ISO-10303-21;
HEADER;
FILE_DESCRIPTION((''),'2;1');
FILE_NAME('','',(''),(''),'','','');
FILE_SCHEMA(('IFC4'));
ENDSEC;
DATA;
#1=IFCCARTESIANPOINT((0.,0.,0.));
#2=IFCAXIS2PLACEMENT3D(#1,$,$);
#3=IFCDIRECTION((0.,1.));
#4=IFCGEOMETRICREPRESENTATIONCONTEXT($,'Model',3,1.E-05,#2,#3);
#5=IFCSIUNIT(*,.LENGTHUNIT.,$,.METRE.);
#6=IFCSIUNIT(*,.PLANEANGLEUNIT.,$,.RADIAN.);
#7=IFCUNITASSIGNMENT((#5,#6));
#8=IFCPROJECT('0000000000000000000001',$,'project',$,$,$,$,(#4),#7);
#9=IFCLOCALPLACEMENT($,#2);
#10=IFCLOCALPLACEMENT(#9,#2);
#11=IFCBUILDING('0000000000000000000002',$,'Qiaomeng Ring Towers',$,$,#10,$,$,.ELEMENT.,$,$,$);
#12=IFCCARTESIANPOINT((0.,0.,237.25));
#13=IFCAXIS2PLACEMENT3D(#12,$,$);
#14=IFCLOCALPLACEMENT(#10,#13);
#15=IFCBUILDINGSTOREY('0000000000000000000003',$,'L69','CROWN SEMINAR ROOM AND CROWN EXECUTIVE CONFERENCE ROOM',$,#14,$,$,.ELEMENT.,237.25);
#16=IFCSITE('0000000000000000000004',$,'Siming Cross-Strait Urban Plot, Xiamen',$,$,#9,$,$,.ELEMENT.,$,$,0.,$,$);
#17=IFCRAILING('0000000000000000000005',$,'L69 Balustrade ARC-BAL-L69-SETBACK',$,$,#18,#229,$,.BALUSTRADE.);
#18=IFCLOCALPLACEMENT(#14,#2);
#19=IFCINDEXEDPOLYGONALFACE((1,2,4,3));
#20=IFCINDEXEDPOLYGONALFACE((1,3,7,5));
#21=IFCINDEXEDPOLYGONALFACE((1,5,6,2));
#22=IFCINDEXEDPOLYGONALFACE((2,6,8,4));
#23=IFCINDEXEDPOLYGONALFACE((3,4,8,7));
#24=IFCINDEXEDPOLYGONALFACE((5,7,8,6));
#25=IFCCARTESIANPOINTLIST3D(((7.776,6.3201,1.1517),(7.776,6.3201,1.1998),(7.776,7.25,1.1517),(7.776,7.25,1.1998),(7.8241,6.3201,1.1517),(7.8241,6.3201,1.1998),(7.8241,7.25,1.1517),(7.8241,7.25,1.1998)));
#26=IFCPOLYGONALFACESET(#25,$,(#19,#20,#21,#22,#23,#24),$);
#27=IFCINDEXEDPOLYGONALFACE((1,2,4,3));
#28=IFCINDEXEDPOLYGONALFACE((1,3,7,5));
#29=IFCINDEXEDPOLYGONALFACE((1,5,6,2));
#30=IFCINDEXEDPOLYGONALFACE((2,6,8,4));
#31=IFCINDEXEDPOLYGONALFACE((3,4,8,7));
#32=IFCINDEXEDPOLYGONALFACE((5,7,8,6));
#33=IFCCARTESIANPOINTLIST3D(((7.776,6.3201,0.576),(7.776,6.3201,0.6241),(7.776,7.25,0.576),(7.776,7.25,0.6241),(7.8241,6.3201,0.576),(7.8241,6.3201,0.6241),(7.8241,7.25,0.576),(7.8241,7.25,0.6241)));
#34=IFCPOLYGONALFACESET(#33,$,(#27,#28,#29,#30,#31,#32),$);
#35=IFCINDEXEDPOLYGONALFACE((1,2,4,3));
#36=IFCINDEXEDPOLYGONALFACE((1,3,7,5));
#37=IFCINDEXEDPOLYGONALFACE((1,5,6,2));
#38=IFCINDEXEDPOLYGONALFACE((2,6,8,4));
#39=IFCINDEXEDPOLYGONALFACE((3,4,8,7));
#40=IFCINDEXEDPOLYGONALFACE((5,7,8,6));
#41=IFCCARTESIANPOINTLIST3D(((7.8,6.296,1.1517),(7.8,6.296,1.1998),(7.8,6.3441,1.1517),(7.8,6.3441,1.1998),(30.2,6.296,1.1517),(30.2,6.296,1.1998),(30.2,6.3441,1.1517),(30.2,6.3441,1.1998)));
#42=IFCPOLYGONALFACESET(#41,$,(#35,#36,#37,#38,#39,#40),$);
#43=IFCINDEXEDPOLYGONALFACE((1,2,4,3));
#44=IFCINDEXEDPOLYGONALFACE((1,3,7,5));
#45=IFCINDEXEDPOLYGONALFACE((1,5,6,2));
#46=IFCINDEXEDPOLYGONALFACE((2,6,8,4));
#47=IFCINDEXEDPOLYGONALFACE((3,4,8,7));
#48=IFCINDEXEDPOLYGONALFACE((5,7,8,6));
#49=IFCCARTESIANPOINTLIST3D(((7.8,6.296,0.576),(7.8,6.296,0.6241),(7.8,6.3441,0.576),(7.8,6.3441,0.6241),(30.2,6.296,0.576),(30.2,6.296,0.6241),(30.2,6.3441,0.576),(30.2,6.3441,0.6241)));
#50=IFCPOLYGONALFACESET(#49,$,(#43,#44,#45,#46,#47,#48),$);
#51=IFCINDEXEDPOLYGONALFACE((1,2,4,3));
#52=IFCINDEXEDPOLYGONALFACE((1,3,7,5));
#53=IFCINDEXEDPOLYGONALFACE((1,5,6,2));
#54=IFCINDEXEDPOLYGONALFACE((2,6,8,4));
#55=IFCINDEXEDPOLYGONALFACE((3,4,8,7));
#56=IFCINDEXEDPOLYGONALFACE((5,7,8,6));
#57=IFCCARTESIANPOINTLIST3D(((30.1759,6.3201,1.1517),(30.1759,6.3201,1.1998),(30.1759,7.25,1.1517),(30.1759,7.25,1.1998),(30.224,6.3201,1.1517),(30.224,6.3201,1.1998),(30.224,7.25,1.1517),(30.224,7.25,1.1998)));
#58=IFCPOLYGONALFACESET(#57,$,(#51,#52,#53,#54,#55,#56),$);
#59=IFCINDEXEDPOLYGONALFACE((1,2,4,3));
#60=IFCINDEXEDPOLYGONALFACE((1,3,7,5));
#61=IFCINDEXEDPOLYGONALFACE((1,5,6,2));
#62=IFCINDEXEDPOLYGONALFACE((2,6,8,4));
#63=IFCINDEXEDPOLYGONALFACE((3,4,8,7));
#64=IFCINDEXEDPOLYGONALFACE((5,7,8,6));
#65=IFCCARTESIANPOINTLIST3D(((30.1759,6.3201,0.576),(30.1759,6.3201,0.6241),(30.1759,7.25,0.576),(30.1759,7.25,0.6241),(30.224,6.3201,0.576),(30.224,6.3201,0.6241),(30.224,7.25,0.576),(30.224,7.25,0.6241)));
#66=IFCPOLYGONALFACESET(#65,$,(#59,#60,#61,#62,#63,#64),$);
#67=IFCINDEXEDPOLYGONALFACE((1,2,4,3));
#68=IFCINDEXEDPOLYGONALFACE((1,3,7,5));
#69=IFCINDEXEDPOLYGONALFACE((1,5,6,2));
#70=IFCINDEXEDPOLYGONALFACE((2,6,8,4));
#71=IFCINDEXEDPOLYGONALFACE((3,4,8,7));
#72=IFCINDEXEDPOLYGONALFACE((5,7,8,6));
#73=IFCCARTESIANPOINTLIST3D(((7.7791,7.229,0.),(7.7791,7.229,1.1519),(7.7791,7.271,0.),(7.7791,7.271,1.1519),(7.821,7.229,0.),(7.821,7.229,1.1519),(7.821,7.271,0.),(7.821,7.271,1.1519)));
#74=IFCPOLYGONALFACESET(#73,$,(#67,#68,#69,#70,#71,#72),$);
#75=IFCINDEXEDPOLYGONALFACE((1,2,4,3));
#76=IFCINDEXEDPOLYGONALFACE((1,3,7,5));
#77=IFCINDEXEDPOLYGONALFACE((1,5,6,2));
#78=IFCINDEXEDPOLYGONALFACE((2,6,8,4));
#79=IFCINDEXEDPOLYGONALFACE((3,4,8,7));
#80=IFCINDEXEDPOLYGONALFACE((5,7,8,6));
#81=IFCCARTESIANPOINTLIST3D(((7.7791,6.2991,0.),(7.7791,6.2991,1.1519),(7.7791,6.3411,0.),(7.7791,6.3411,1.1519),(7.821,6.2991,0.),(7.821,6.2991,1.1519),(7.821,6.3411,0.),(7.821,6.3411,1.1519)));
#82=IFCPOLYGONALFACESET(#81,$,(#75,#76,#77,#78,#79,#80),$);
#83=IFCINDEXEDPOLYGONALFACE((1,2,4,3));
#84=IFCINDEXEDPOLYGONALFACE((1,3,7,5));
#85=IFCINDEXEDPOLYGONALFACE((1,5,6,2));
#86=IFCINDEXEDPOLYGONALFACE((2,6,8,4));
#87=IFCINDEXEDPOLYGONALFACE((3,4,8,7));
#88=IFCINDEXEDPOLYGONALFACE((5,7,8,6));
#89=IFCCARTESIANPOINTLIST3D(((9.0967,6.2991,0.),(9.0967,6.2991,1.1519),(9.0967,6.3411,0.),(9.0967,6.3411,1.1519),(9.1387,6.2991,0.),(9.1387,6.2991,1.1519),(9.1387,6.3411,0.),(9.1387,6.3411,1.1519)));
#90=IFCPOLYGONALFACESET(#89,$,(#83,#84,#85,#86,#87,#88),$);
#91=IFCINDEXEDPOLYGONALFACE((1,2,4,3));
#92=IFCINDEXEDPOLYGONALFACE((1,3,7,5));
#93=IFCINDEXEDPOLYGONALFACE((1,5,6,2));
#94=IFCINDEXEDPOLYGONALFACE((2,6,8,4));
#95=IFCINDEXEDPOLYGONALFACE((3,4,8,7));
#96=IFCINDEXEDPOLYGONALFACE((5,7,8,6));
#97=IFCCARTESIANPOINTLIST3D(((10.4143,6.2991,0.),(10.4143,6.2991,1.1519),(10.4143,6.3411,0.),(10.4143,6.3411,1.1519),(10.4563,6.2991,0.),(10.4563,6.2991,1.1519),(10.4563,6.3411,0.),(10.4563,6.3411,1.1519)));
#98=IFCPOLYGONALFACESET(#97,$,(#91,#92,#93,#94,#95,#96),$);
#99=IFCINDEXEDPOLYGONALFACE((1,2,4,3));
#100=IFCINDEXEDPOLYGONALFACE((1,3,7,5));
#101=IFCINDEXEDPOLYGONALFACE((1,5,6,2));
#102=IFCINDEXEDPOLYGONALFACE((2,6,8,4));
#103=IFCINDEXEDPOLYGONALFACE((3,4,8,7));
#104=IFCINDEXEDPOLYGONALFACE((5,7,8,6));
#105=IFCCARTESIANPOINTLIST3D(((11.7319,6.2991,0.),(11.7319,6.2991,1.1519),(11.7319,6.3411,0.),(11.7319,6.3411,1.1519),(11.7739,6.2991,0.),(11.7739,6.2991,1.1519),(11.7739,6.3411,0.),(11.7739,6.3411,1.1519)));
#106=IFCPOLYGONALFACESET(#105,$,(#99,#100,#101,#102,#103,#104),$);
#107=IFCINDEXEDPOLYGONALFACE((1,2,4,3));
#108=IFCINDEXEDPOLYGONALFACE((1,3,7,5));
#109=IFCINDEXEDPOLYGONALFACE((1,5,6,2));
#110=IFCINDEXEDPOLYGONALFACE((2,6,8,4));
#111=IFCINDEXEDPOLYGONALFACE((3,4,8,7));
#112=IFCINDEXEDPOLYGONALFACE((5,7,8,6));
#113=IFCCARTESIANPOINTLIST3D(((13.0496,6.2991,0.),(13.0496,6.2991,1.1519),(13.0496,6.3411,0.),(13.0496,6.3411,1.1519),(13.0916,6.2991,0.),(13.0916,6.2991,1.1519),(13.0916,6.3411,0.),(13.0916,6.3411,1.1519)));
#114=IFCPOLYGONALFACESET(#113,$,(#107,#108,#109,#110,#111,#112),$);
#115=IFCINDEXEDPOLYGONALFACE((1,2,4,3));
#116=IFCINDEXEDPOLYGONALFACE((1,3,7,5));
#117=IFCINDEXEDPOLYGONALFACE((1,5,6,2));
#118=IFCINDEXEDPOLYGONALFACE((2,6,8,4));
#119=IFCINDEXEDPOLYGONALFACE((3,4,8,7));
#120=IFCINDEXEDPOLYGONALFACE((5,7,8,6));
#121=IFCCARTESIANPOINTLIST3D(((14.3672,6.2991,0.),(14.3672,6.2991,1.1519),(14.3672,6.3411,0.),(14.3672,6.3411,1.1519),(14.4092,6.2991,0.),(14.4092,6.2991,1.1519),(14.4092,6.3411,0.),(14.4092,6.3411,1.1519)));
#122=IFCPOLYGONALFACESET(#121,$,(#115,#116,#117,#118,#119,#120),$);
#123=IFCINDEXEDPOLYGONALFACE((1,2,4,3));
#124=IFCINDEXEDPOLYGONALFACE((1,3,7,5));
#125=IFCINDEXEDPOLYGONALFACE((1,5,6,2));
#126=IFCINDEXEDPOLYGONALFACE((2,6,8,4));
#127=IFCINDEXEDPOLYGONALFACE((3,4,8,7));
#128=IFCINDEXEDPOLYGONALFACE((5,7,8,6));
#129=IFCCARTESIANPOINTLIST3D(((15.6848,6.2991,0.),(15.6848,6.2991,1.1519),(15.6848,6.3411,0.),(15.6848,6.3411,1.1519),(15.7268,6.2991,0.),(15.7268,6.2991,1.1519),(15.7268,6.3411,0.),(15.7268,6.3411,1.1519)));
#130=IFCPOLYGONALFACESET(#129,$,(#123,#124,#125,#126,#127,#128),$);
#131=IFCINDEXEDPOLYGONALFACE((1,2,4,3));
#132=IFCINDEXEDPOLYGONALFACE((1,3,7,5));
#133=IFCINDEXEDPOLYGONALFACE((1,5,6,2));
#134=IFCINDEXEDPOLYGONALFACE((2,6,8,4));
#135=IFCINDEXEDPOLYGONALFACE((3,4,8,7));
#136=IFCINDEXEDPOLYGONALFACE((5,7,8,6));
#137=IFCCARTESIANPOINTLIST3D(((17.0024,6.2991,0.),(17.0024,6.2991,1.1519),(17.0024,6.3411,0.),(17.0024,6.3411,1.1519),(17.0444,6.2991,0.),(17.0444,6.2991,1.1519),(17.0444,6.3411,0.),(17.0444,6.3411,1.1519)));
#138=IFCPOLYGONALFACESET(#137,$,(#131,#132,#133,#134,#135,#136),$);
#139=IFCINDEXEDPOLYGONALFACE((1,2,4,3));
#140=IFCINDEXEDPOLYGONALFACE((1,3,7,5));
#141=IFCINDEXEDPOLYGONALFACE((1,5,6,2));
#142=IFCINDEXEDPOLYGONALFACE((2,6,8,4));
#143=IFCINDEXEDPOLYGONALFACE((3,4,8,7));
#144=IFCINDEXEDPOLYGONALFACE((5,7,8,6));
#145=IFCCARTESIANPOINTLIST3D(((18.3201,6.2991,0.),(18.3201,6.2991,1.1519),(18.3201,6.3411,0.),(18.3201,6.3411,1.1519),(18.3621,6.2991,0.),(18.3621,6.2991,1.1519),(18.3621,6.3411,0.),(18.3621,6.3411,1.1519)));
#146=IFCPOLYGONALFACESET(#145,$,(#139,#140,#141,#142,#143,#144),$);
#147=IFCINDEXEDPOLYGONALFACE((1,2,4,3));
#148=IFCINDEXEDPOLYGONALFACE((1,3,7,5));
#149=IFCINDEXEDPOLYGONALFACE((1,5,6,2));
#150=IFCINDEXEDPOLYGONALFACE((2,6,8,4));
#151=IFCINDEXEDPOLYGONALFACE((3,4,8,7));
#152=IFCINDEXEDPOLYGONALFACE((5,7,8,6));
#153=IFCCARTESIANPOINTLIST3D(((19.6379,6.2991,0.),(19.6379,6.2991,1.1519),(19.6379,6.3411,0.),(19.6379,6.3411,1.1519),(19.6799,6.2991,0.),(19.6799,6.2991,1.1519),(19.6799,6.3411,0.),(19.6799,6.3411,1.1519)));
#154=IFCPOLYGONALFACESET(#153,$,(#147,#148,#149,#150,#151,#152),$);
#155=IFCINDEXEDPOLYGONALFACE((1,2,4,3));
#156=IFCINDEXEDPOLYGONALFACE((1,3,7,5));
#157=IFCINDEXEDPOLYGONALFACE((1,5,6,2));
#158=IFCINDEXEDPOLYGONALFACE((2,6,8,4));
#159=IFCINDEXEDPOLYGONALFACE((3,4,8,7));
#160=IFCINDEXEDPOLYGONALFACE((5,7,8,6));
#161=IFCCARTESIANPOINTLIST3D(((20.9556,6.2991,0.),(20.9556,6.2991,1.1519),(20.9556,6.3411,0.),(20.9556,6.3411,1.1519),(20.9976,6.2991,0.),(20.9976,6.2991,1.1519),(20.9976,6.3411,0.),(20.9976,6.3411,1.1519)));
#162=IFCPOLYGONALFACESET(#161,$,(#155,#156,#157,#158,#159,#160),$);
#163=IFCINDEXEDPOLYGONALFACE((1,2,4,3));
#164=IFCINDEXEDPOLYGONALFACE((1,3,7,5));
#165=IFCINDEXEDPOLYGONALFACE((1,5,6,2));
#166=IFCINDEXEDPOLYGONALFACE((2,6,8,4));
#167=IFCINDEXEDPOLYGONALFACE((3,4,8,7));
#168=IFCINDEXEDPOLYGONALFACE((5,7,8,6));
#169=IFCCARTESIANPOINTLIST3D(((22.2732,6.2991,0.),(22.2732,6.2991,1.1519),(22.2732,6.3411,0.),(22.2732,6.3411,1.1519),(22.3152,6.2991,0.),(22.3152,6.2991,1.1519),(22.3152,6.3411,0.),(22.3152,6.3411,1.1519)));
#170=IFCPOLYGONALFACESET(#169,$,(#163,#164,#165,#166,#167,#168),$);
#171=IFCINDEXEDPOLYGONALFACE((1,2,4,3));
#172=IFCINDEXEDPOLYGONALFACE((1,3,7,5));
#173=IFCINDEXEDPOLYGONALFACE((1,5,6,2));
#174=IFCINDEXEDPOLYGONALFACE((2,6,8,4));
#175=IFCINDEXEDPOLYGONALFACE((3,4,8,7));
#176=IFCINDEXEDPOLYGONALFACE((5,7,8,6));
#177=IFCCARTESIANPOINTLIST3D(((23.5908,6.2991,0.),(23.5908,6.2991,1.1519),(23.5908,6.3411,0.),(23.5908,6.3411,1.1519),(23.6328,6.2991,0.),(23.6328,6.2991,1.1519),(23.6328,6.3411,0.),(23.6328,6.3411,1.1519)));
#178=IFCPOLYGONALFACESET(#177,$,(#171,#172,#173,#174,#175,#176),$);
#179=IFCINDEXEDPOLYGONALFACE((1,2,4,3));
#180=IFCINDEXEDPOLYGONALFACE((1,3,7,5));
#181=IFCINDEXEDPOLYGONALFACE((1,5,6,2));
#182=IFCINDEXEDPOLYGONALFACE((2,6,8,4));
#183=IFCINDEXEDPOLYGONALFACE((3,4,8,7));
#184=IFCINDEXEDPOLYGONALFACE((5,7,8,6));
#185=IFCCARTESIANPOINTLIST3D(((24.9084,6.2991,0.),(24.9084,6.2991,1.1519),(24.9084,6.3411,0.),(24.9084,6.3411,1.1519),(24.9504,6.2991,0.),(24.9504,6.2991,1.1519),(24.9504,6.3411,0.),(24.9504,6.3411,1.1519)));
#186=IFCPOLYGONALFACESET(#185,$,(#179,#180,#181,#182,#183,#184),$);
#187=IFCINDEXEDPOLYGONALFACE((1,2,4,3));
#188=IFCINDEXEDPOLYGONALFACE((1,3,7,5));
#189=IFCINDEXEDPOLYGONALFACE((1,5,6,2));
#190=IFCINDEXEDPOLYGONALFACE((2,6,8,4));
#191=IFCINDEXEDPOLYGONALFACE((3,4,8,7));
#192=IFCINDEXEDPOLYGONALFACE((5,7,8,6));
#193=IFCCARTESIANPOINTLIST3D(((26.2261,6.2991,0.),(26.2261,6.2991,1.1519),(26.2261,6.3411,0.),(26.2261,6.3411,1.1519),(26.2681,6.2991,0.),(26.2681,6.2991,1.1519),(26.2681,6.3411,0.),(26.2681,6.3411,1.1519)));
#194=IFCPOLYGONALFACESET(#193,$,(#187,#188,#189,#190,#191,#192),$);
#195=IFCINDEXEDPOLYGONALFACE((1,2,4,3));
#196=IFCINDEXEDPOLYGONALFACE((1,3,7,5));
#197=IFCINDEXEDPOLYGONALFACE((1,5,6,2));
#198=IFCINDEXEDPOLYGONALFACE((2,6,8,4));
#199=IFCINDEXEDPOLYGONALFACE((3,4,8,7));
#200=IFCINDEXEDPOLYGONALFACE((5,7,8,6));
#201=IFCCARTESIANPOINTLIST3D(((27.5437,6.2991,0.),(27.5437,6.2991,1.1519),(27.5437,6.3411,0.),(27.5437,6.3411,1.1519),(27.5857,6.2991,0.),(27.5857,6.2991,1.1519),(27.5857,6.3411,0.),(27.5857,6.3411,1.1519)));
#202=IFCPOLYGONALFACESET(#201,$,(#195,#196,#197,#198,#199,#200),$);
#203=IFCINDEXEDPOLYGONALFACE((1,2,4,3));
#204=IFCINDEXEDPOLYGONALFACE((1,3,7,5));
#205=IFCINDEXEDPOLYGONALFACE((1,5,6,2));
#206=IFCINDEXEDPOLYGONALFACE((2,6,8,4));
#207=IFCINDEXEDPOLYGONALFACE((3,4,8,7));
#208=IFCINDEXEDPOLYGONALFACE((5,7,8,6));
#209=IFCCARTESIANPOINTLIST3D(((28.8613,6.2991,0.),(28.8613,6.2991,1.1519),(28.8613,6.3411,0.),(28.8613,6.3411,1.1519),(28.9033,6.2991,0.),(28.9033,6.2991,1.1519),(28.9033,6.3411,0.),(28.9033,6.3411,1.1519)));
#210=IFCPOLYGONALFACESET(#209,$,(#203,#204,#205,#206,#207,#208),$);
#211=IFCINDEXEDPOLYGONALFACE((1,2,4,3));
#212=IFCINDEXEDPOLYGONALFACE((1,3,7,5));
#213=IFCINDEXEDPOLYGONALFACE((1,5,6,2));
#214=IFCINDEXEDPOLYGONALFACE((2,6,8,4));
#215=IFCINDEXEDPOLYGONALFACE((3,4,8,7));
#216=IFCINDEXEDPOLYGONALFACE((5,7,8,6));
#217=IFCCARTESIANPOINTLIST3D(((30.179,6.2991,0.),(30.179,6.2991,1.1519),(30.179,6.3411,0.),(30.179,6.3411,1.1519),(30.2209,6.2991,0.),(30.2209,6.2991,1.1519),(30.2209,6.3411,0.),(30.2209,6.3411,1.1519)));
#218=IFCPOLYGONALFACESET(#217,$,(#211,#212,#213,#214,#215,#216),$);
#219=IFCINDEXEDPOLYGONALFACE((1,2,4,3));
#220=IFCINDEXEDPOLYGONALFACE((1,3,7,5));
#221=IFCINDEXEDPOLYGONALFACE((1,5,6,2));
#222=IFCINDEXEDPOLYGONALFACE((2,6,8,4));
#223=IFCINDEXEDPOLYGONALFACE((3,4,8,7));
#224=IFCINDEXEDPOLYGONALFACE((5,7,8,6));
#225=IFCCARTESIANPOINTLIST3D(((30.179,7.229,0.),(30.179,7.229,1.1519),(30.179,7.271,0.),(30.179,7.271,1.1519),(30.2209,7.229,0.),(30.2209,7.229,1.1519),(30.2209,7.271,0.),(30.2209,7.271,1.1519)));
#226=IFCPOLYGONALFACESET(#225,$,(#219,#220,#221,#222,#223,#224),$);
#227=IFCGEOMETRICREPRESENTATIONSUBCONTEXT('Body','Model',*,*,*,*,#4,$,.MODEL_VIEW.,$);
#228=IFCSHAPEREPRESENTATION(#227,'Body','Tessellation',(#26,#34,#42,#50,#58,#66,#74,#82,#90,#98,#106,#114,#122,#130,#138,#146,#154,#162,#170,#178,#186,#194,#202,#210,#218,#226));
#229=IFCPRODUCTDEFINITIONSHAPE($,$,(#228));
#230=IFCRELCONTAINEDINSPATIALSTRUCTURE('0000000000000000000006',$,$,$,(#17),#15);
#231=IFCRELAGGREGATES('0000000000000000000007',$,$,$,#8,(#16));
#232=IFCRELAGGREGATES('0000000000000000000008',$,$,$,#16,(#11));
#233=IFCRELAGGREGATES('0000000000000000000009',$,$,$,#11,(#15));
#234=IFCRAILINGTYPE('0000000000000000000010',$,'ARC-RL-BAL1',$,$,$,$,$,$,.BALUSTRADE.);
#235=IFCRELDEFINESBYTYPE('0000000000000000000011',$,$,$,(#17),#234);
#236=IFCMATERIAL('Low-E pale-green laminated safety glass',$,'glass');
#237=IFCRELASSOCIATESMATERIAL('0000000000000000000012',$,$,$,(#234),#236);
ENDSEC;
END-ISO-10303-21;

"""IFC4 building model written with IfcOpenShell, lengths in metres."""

from ifc_helpers import new_model, si_unit, direction, frame, origin, origin_2d, place, context, subcontext, project, spatial, rectangle, extrude, material, type_object, element, save


model = new_model("IFC4")

# Units and contexts
model_context = context("Model", 3, precision=1e-05, world=origin(), true_north=direction((0.0, 1.0)))
body_context = subcontext(model_context, "Body", "Model", "MODEL_VIEW")
ifc_project = project(units=[si_unit("LENGTHUNIT", "METRE"), si_unit("PLANEANGLEUNIT", "RADIAN")], contexts=[model_context])

# Site, building, storey
site_placement = place(None, origin())
site = spatial("IfcSite", under=ifc_project, at=site_placement, Name="Siming Cross-Strait Urban Plot, Xiamen", CompositionType="ELEMENT", RefElevation=0.0)
building_placement = place(site_placement, origin())
building = spatial("IfcBuilding", under=site, at=building_placement, Name="Qiaomeng Ring Towers", CompositionType="ELEMENT")
storey_placement = place(building_placement, frame((0.0, 0.0, 237.25)))
storey = spatial("IfcBuildingStorey", under=building, at=storey_placement, Name="L69", Description="CROWN SEMINAR ROOM AND CROWN EXECUTIVE CONFERENCE ROOM", CompositionType="ELEMENT", Elevation=237.25)

# Railing
ifc_material_1 = material(Name="Low-E pale-green laminated safety glass", Category="glass")
railing_type = type_object("IfcRailingType", Name="ARC-RL-BAL1", PredefinedType="BALUSTRADE", material=ifc_material_1)
railing_placement = place(storey_placement, frame((7.8, 7.25, 0.0)))
element("IfcRailing", 1, at=railing_placement, inside=storey, type_object=railing_type, Name="L69 Balustrade ARC-BAL-L69-SETBACK", PredefinedType="BALUSTRADE", context=body_context, shape_type="SweptSolid", body=[
    extrude(rectangle(XDim=0.0481, YDim=0.0481, at=origin_2d()), frame((0.0, 0.0, 1.1758), z_axis=(0.0, -1.0, 0.0), x_axis=(1.0, 0.0, 0.0)), (0.0, 0.0, 1.0), 0.9299),
    extrude(rectangle(XDim=0.0481, YDim=0.0481, at=origin_2d()), frame((0.0, 0.0, 0.6001), z_axis=(0.0, -1.0, 0.0), x_axis=(1.0, 0.0, 0.0)), (0.0, 0.0, 1.0), 0.9299),
    extrude(rectangle(XDim=0.0481, YDim=0.0481, at=origin_2d()), frame((0.0, -0.9299, 1.1758), z_axis=(1.0, 0.0, 0.0), x_axis=(0.0, 1.0, 0.0)), (0.0, 0.0, 1.0), 22.3999),
    extrude(rectangle(XDim=0.0481, YDim=0.0481, at=origin_2d()), frame((0.0, -0.9299, 0.6001), z_axis=(1.0, 0.0, 0.0), x_axis=(0.0, 1.0, 0.0)), (0.0, 0.0, 1.0), 22.3999),
    extrude(rectangle(XDim=0.0481, YDim=0.0481, at=origin_2d()), frame((22.3999, -0.9299, 1.1758), z_axis=(0.0, 1.0, 0.0), x_axis=(-1.0, 0.0, 0.0)), (0.0, 0.0, 1.0), 0.9299),
    extrude(rectangle(XDim=0.0481, YDim=0.0481, at=origin_2d()), frame((22.3999, -0.9299, 0.6001), z_axis=(0.0, 1.0, 0.0), x_axis=(-1.0, 0.0, 0.0)), (0.0, 0.0, 1.0), 0.9299),
    extrude(rectangle(XDim=0.042, YDim=0.042, at=origin_2d()), origin(), (0.0, 0.0, 1.0), 1.1519),
    extrude(rectangle(XDim=0.042, YDim=0.042, at=origin_2d()), frame((0.0, -0.9299, 0.0)), (0.0, 0.0, 1.0), 1.1519),
    extrude(rectangle(XDim=0.042, YDim=0.042, at=origin_2d()), frame((1.3176, -0.9299, 0.0)), (0.0, 0.0, 1.0), 1.1519),
    extrude(rectangle(XDim=0.042, YDim=0.042, at=origin_2d()), frame((2.6353, -0.9299, 0.0)), (0.0, 0.0, 1.0), 1.1519),
    extrude(rectangle(XDim=0.042, YDim=0.042, at=origin_2d()), frame((3.9529, -0.9299, 0.0)), (0.0, 0.0, 1.0), 1.1519),
    extrude(rectangle(XDim=0.042, YDim=0.042, at=origin_2d()), frame((5.2705, -0.9299, 0.0)), (0.0, 0.0, 1.0), 1.1519),
    extrude(rectangle(XDim=0.042, YDim=0.042, at=origin_2d()), frame((6.5881, -0.9299, 0.0)), (0.0, 0.0, 1.0), 1.1519),
    extrude(rectangle(XDim=0.042, YDim=0.042, at=origin_2d()), frame((7.9058, -0.9299, 0.0)), (0.0, 0.0, 1.0), 1.1519),
    extrude(rectangle(XDim=0.042, YDim=0.042, at=origin_2d()), frame((9.2234, -0.9299, 0.0)), (0.0, 0.0, 1.0), 1.1519),
    extrude(rectangle(XDim=0.042, YDim=0.042, at=origin_2d()), frame((10.541, -0.9299, 0.0)), (0.0, 0.0, 1.0), 1.1519),
    extrude(rectangle(XDim=0.042, YDim=0.042, at=origin_2d()), frame((11.8589, -0.9299, 0.0)), (0.0, 0.0, 1.0), 1.1519),
    extrude(rectangle(XDim=0.042, YDim=0.042, at=origin_2d()), frame((13.1765, -0.9299, 0.0)), (0.0, 0.0, 1.0), 1.1519),
    extrude(rectangle(XDim=0.042, YDim=0.042, at=origin_2d()), frame((14.4941, -0.9299, 0.0)), (0.0, 0.0, 1.0), 1.1519),
    extrude(rectangle(XDim=0.042, YDim=0.042, at=origin_2d()), frame((15.8118, -0.9299, 0.0)), (0.0, 0.0, 1.0), 1.1519),
    extrude(rectangle(XDim=0.042, YDim=0.042, at=origin_2d()), frame((17.1294, -0.9299, 0.0)), (0.0, 0.0, 1.0), 1.1519),
    extrude(rectangle(XDim=0.042, YDim=0.042, at=origin_2d()), frame((18.447, -0.9299, 0.0)), (0.0, 0.0, 1.0), 1.1519),
    extrude(rectangle(XDim=0.042, YDim=0.042, at=origin_2d()), frame((19.7646, -0.9299, 0.0)), (0.0, 0.0, 1.0), 1.1519),
    extrude(rectangle(XDim=0.042, YDim=0.042, at=origin_2d()), frame((21.0823, -0.9299, 0.0)), (0.0, 0.0, 1.0), 1.1519),
    extrude(rectangle(XDim=0.042, YDim=0.042, at=origin_2d()), frame((22.3999, -0.9299, 0.0)), (0.0, 0.0, 1.0), 1.1519),
    extrude(rectangle(XDim=0.042, YDim=0.042, at=origin_2d()), frame((22.3999, 0.0, 0.0)), (0.0, 0.0, 1.0), 1.1519),
])

save(model, "model.ifc")
